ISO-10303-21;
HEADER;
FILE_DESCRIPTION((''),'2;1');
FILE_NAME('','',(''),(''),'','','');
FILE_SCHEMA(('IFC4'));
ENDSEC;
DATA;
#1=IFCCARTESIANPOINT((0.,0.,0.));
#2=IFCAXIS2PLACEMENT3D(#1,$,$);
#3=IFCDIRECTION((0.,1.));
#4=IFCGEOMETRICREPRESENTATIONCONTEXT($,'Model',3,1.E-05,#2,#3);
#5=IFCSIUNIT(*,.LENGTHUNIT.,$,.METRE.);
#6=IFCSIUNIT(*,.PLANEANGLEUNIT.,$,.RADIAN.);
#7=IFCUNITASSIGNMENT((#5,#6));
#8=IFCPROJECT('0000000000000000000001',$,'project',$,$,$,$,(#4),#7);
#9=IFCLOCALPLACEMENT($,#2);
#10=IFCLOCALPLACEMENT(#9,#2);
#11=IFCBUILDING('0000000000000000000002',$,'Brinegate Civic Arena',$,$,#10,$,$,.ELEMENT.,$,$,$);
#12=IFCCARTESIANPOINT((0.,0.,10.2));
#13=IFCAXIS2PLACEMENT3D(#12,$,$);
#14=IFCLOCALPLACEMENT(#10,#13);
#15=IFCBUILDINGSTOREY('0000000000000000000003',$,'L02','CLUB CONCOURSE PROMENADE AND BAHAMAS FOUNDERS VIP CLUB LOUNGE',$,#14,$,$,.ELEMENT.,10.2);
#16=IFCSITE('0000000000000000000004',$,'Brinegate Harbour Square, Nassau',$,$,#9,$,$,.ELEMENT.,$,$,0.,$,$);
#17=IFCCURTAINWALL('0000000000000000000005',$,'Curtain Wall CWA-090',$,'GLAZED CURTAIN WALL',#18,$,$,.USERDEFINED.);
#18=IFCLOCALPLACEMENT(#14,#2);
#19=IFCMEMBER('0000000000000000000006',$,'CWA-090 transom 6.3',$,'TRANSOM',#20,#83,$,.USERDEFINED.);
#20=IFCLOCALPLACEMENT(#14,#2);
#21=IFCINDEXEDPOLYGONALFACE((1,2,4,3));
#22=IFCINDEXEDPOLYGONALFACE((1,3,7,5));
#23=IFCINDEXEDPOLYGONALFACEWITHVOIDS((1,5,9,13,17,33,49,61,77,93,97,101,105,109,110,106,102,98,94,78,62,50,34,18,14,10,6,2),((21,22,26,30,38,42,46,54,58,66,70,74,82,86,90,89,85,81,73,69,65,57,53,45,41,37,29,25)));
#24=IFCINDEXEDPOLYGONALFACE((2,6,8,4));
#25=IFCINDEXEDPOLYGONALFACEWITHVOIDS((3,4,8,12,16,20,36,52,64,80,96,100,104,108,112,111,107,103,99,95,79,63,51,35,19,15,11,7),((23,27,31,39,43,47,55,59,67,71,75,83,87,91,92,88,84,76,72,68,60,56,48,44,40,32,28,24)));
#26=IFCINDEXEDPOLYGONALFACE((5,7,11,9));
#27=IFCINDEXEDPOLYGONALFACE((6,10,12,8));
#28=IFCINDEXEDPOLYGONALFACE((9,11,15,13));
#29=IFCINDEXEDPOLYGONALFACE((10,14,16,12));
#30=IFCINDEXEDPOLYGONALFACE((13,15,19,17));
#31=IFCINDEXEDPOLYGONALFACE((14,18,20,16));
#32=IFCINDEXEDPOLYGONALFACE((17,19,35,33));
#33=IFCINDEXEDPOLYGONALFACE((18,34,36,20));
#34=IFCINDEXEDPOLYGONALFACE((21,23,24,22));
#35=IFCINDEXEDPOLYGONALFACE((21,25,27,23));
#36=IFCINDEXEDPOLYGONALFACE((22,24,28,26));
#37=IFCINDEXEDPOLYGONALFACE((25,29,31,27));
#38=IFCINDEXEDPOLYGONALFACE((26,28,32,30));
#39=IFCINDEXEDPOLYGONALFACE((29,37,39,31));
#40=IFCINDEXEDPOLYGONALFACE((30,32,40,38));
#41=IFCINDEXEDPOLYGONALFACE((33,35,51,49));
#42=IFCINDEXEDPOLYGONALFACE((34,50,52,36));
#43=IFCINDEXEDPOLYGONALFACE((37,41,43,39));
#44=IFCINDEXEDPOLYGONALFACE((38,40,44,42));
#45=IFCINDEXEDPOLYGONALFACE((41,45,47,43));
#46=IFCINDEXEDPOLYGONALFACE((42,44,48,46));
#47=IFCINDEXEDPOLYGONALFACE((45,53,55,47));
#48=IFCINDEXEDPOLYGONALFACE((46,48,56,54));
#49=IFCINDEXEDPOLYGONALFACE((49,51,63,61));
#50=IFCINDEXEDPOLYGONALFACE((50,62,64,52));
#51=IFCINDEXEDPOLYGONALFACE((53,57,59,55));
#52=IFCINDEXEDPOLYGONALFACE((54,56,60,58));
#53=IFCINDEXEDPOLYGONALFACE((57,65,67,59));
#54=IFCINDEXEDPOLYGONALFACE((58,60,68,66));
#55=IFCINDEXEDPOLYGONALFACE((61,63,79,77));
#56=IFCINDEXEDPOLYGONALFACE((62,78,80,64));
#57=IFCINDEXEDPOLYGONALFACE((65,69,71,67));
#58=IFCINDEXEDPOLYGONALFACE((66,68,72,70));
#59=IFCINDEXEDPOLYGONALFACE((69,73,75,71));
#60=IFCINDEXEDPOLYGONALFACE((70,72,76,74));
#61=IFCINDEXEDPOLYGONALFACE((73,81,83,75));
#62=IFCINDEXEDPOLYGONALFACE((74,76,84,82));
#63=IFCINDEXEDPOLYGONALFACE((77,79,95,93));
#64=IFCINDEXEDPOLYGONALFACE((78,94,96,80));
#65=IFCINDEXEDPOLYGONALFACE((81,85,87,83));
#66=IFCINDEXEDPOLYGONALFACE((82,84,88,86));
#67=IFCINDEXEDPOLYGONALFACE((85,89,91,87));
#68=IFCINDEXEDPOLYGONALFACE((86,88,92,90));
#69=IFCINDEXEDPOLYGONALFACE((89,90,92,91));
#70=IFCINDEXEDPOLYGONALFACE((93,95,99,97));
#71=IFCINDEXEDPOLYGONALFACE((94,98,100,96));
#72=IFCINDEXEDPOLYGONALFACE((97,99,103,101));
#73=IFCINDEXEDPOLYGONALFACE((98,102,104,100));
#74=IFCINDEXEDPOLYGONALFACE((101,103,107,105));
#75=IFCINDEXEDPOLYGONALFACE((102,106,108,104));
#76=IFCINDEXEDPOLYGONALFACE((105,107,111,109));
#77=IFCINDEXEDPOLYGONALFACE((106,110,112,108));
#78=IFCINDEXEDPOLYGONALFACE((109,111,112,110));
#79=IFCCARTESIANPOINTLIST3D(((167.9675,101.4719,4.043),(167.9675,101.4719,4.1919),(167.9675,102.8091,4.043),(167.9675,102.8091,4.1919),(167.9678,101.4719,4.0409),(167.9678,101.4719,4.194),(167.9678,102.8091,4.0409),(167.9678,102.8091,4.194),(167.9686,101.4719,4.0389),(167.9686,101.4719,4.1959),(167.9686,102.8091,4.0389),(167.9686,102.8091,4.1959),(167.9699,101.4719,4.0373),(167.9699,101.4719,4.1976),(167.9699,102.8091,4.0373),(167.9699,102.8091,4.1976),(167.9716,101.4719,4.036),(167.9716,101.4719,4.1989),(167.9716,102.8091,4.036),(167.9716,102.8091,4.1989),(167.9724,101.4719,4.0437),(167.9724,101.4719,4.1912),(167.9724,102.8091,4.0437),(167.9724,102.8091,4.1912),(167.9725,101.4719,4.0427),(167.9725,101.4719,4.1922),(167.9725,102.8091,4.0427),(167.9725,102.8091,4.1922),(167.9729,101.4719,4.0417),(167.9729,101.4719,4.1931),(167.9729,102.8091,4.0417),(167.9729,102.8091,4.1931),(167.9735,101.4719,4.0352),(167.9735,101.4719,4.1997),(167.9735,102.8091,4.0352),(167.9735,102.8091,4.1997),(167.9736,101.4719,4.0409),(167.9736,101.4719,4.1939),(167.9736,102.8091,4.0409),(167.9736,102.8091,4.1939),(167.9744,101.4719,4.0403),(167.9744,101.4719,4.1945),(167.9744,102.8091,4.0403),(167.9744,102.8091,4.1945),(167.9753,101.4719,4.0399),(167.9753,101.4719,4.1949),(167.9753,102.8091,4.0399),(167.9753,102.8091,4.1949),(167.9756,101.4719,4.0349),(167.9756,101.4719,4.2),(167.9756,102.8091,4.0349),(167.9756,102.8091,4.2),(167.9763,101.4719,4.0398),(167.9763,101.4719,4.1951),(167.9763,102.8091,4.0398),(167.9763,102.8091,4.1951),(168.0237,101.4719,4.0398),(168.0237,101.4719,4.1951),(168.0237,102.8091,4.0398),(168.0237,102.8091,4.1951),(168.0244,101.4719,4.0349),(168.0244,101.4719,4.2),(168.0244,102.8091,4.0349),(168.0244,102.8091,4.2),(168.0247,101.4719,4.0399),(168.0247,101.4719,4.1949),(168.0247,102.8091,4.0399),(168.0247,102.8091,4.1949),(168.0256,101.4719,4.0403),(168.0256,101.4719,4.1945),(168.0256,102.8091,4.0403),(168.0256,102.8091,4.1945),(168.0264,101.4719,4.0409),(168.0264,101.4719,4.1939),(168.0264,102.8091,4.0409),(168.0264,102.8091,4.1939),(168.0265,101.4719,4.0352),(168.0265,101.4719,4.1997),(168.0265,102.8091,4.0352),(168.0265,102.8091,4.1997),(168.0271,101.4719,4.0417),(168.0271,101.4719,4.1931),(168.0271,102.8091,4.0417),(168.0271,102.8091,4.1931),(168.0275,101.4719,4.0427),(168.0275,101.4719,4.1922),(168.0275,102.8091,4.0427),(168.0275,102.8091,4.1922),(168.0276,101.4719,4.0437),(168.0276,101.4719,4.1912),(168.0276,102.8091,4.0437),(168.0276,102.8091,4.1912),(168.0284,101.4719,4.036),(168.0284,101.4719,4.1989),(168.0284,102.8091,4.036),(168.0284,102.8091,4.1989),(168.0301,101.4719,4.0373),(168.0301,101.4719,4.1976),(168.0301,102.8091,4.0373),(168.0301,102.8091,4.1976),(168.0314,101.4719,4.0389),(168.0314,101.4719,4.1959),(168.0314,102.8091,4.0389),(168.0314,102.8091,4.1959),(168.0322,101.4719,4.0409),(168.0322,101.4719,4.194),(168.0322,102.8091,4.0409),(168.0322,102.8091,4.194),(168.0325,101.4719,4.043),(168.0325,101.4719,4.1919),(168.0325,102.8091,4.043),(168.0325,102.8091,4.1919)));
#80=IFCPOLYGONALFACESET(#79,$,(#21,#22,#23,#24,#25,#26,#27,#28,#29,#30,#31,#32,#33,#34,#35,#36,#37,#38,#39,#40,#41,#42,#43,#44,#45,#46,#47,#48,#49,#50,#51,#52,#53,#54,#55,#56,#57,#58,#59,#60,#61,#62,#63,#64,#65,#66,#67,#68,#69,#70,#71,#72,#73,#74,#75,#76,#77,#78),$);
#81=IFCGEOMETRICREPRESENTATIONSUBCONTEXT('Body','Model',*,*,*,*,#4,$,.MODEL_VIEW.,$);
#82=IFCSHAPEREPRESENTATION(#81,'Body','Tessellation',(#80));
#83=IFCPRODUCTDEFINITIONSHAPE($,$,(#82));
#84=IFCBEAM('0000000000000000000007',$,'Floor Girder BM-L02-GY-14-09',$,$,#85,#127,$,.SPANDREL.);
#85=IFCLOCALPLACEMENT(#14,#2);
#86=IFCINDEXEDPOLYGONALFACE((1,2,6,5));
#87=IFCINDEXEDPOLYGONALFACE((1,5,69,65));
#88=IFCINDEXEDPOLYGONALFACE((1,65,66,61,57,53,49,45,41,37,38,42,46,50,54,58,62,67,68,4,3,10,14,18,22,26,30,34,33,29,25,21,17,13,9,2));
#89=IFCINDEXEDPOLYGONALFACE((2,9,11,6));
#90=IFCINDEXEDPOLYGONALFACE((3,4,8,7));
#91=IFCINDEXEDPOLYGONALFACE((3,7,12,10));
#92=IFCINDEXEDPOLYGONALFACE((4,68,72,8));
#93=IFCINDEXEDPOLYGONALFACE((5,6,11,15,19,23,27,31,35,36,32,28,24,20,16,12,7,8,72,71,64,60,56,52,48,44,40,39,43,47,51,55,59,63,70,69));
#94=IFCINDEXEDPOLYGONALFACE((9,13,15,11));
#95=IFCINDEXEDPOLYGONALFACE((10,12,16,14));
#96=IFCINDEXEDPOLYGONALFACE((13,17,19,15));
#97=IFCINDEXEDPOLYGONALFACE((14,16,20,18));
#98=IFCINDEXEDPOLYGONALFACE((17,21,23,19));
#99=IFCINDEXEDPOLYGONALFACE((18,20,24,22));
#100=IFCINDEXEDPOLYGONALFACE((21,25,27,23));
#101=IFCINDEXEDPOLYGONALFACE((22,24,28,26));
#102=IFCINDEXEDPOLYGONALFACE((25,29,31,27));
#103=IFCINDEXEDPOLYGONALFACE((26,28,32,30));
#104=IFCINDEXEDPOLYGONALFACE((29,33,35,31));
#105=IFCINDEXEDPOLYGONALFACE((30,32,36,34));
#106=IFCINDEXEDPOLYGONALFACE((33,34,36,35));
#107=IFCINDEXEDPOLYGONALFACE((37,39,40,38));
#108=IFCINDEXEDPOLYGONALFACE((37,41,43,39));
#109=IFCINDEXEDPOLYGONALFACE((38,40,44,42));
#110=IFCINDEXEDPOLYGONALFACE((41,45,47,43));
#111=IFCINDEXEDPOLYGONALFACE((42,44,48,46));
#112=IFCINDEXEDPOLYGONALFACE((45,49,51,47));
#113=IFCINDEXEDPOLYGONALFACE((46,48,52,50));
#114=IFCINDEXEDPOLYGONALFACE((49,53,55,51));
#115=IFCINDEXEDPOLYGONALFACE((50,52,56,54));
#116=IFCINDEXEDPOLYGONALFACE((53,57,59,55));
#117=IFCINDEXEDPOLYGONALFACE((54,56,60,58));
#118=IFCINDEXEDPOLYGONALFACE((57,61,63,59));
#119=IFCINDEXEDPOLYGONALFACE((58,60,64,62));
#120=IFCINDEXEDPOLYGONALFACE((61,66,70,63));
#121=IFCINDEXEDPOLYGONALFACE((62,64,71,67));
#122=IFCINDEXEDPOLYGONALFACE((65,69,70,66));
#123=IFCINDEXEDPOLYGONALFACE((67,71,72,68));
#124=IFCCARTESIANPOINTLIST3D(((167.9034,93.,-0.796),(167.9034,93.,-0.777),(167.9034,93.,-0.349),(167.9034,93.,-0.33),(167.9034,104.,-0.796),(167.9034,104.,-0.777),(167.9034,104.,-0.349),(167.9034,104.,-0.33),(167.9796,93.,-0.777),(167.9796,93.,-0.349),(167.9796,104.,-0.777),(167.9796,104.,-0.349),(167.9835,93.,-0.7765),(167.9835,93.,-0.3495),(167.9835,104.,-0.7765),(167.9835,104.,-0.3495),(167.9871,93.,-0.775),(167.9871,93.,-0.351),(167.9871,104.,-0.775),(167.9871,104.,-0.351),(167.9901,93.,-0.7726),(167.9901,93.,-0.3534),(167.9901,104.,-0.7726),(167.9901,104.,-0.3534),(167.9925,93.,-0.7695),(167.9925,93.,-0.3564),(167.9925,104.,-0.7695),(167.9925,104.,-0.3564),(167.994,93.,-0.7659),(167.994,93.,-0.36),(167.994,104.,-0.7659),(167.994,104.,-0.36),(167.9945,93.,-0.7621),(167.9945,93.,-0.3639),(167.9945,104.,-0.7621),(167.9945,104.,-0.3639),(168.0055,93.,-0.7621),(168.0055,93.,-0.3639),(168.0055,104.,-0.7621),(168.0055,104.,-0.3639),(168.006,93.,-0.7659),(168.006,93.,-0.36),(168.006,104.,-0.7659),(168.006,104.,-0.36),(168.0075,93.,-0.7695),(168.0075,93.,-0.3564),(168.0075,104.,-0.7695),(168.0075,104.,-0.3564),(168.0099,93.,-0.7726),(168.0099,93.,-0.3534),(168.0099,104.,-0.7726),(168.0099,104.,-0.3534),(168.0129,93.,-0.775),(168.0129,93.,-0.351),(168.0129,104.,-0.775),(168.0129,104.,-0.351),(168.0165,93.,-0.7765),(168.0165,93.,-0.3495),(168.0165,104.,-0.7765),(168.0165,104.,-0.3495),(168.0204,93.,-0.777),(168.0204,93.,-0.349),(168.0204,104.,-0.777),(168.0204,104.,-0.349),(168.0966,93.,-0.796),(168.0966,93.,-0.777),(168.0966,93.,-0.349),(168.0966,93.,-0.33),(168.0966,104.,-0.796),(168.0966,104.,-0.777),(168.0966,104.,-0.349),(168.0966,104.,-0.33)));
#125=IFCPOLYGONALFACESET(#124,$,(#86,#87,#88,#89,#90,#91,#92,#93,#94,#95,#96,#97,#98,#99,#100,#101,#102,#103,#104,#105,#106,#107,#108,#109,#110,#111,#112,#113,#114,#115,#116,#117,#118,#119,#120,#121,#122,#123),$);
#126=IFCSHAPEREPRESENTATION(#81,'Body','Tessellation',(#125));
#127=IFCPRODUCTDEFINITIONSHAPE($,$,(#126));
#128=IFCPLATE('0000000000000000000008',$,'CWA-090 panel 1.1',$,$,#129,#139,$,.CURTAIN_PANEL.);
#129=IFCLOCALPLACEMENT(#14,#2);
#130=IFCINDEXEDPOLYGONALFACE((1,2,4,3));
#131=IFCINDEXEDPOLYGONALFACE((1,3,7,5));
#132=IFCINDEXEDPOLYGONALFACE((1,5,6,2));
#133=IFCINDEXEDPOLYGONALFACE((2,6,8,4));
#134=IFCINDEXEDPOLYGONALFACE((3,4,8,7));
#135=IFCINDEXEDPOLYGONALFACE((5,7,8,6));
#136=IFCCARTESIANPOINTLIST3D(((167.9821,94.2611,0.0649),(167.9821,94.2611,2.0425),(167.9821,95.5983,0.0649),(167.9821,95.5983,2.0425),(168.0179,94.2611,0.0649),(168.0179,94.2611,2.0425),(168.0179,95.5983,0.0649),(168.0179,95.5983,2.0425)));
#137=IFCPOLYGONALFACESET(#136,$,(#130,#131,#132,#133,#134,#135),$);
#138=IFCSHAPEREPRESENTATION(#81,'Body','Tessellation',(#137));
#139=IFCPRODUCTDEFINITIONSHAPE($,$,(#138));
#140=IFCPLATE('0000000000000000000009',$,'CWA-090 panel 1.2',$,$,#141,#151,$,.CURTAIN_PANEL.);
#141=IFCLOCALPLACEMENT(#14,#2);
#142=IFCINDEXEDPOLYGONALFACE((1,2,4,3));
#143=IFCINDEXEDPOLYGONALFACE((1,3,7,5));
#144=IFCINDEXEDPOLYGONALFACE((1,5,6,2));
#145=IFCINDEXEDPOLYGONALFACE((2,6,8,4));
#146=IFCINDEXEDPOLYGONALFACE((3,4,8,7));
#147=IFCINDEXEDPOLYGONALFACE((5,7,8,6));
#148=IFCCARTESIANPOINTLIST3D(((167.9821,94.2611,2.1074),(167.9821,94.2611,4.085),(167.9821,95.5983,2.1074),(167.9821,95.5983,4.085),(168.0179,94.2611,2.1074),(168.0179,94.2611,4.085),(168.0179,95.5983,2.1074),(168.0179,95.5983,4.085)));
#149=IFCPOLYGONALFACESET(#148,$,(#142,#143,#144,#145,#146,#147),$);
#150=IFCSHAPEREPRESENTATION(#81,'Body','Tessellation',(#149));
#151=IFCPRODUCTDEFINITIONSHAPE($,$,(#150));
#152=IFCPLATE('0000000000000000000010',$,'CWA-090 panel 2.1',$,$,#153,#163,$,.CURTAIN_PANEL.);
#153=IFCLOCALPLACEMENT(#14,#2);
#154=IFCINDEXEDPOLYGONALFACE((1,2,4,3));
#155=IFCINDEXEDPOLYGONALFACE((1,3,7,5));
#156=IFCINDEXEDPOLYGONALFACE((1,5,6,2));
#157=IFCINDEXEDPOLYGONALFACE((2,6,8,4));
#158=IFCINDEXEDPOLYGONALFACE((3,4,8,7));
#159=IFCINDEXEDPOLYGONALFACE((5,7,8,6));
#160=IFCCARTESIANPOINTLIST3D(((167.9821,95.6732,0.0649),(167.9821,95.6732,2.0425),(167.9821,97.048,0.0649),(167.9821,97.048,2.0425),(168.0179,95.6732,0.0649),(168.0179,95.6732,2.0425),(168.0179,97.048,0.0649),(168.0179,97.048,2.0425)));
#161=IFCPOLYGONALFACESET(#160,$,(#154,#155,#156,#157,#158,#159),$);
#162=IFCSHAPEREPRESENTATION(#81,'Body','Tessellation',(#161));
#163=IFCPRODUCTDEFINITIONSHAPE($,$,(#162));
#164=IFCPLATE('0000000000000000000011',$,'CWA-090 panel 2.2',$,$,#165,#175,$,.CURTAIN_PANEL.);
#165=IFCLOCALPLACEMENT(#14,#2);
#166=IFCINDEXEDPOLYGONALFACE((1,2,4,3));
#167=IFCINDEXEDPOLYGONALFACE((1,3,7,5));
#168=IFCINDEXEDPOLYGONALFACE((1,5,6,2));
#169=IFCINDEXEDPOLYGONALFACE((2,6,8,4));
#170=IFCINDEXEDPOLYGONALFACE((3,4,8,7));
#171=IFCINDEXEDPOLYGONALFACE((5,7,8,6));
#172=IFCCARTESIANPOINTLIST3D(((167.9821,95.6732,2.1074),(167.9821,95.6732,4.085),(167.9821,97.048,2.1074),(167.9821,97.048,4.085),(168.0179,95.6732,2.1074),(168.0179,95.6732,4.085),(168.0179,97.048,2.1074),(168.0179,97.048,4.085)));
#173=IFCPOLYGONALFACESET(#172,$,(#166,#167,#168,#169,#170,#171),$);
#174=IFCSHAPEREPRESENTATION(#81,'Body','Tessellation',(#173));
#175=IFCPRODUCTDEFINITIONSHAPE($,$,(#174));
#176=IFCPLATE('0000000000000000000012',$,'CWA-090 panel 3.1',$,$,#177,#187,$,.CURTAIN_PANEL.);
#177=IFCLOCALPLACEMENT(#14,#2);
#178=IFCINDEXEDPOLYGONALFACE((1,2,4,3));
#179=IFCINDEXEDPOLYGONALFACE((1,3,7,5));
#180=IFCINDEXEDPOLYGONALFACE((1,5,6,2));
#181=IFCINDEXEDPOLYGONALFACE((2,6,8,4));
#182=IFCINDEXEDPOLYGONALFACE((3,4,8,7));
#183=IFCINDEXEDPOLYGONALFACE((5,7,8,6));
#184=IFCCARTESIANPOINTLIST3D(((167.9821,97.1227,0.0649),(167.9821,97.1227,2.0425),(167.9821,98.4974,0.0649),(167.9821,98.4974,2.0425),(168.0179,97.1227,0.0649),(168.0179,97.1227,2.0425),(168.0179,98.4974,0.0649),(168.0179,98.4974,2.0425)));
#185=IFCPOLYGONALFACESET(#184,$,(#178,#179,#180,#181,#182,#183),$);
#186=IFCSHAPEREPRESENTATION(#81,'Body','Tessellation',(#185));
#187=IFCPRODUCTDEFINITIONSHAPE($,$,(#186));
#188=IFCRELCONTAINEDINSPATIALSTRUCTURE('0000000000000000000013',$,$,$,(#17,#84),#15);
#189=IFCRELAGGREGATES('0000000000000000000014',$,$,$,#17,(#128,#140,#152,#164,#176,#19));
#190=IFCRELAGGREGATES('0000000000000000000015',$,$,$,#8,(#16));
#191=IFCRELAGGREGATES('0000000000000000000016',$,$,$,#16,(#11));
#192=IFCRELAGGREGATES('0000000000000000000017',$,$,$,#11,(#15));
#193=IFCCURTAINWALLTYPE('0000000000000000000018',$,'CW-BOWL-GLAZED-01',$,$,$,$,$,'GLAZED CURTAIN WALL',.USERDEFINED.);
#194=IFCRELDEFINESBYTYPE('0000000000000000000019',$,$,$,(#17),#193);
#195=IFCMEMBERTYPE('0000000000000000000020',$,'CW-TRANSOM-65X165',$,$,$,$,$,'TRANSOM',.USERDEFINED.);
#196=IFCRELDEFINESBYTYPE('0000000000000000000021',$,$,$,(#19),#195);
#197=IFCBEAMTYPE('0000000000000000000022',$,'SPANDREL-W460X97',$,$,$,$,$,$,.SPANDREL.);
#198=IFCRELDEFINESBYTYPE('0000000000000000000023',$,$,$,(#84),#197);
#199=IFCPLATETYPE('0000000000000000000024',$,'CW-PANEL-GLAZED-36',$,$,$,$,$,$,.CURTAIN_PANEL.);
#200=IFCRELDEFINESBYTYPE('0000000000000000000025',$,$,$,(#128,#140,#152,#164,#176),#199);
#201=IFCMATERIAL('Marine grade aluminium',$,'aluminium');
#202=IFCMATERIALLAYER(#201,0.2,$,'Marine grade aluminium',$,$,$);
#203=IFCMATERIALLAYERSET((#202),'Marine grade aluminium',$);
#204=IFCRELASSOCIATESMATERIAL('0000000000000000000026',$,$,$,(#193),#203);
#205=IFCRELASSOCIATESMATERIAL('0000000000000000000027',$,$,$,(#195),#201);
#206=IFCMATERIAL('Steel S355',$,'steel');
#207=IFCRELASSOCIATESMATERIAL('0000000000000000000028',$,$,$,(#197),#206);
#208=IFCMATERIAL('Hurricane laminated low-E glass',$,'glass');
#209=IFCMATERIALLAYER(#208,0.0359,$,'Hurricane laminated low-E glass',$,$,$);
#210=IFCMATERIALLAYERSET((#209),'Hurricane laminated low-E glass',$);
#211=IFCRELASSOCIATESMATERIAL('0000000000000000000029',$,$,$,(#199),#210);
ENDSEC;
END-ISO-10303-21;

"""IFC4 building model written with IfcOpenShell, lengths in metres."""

from ifc_helpers import new_model, si_unit, direction, frame, origin, origin_2d, place, context, subcontext, project, spatial, rectangle, hollow_rectangle, i_section, extrude, material, layer, layer_set, material_profile, profile_set, type_object, element, aggregate, save


model = new_model("IFC4")

# Units and contexts
model_context = context("Model", 3, precision=1e-05, world=origin(), true_north=direction((0.0, 1.0)))
body_context = subcontext(model_context, "Body", "Model", "MODEL_VIEW")
ifc_project = project(units=[si_unit("LENGTHUNIT", "METRE"), si_unit("PLANEANGLEUNIT", "RADIAN")], contexts=[model_context])

# Site, building, storey
site_placement = place(None, origin())
site = spatial("IfcSite", under=ifc_project, at=site_placement, Name="Brinegate Harbour Square, Nassau", CompositionType="ELEMENT", RefElevation=0.0)
building_placement = place(site_placement, origin())
building = spatial("IfcBuilding", under=site, at=building_placement, Name="Brinegate Civic Arena", CompositionType="ELEMENT")
storey_placement = place(building_placement, frame((0.0, 0.0, 10.2)))
storey = spatial("IfcBuildingStorey", under=building, at=storey_placement, Name="L02", Description="CLUB CONCOURSE PROMENADE AND BAHAMAS FOUNDERS VIP CLUB LOUNGE", CompositionType="ELEMENT", Elevation=10.2)

# Shared definitions
ifc_material_1 = material(Name="Marine grade aluminium", Category="aluminium")
ifc_layer_1 = layer(ifc_material_1, 0.2, Name="Marine grade aluminium")
ifc_layer_set_1 = layer_set([ifc_layer_1], Name="Marine grade aluminium")
curtain_wall_type = type_object("IfcCurtainWallType", Name="CW-BOWL-GLAZED-01", ElementType="GLAZED CURTAIN WALL", PredefinedType="USERDEFINED", material=ifc_layer_set_1)

# Curtain wall, member
curtain_wall_1_placement = place(storey_placement, origin())
curtain_wall_1 = element("IfcCurtainWall", 1, at=curtain_wall_1_placement, inside=storey, type_object=curtain_wall_type, Name="Curtain Wall CWA-090", ObjectType="GLAZED CURTAIN WALL", PredefinedType="USERDEFINED")
ifc_material_profile_1 = material_profile(ifc_material_1, hollow_rectangle(XDim=0.0649, YDim=0.165, WallThickness=0.0049, InnerFilletRadius=0.0039, OuterFilletRadius=0.0081, at=origin_2d()), Name="TRN65X165")
ifc_profile_set_1 = profile_set([ifc_material_profile_1], Name="Marine grade aluminium")
member_type_1 = type_object("IfcMemberType", Name="CW-TRANSOM-65X165", ElementType="TRANSOM", PredefinedType="USERDEFINED", material=ifc_profile_set_1)
member_1_placement = place(storey_placement, frame((168.0, 101.4719, 4.1174), z_axis=(0.0, 1.0, 0.0), x_axis=(-1.0, 0.0, 0.0)))
member_1 = element("IfcMember", 2, at=member_1_placement, type_object=member_type_1, Name="CWA-090 transom 6.3", ObjectType="TRANSOM", PredefinedType="USERDEFINED", context=body_context, shape_type="SweptSolid", body=[
    extrude(hollow_rectangle(XDim=0.0649, YDim=0.165, WallThickness=0.0049, InnerFilletRadius=0.0039, OuterFilletRadius=0.0081, at=origin_2d()), origin(), (0.0, 0.0, 1.0), 1.3372),
])

# Beam
ifc_material_2 = material(Name="Steel S355", Category="steel")
ifc_material_profile_2 = material_profile(ifc_material_2, i_section(OverallWidth=0.1931, OverallDepth=0.4661, WebThickness=0.011, FlangeThickness=0.019, FilletRadius=0.0149, at=origin_2d()), Name="W460X97")
ifc_profile_set_2 = profile_set([ifc_material_profile_2], Name="Steel S355")
beam_type = type_object("IfcBeamType", Name="SPANDREL-W460X97", PredefinedType="SPANDREL", material=ifc_profile_set_2)
beam_placement = place(storey_placement, frame((168.0, 93.0, -0.563), z_axis=(0.0, 1.0, 0.0), x_axis=(-1.0, 0.0, 0.0)))
element("IfcBeam", 3, at=beam_placement, inside=storey, type_object=beam_type, Name="Floor Girder BM-L02-GY-14-09", PredefinedType="SPANDREL", context=body_context, shape_type="SweptSolid", body=[
    extrude(i_section(OverallWidth=0.1931, OverallDepth=0.4661, WebThickness=0.011, FlangeThickness=0.019, FilletRadius=0.0149, at=origin_2d()), origin(), (0.0, 0.0, 1.0), 11.0),
])

# Plates
ifc_material_3 = material(Name="Hurricane laminated low-E glass", Category="glass")
ifc_layer_2 = layer(ifc_material_3, 0.0359, Name="Hurricane laminated low-E glass")
ifc_layer_set_2 = layer_set([ifc_layer_2], Name="Hurricane laminated low-E glass")
plate_type = type_object("IfcPlateType", Name="CW-PANEL-GLAZED-36", PredefinedType="CURTAIN_PANEL", material=ifc_layer_set_2)
plate_1_placement = place(storey_placement, frame((168.0, 94.9297, 0.0649), z_axis=(0.0, 0.0, 1.0), x_axis=(0.0, 1.0, 0.0)))
plate_1 = element("IfcPlate", 4, at=plate_1_placement, type_object=plate_type, Name="CWA-090 panel 1.1", PredefinedType="CURTAIN_PANEL", context=body_context, shape_type="SweptSolid", body=[
    extrude(rectangle(XDim=1.3372, YDim=0.0359, at=origin_2d()), origin(), (0.0, 0.0, 1.0), 1.9775),
])
plate_2_placement = place(storey_placement, frame((168.0, 94.9297, 2.1074), z_axis=(0.0, 0.0, 1.0), x_axis=(0.0, 1.0, 0.0)))
plate_2 = element("IfcPlate", 5, at=plate_2_placement, type_object=plate_type, Name="CWA-090 panel 1.2", PredefinedType="CURTAIN_PANEL", context=body_context, shape_type="SweptSolid", body=[
    extrude(rectangle(XDim=1.3372, YDim=0.0359, at=origin_2d()), origin(), (0.0, 0.0, 1.0), 1.9775),
])
plate_3_placement = place(storey_placement, frame((168.0, 96.3606, 0.0649), z_axis=(0.0, 0.0, 1.0), x_axis=(0.0, 1.0, 0.0)))
plate_3 = element("IfcPlate", 6, at=plate_3_placement, type_object=plate_type, Name="CWA-090 panel 2.1", PredefinedType="CURTAIN_PANEL", context=body_context, shape_type="SweptSolid", body=[
    extrude(rectangle(XDim=1.3748, YDim=0.0359, at=origin_2d()), origin(), (0.0, 0.0, 1.0), 1.9775),
])
plate_4_placement = place(storey_placement, frame((168.0, 96.3606, 2.1074), z_axis=(0.0, 0.0, 1.0), x_axis=(0.0, 1.0, 0.0)))
plate_4 = element("IfcPlate", 7, at=plate_4_placement, type_object=plate_type, Name="CWA-090 panel 2.2", PredefinedType="CURTAIN_PANEL", context=body_context, shape_type="SweptSolid", body=[
    extrude(rectangle(XDim=1.3748, YDim=0.0359, at=origin_2d()), origin(), (0.0, 0.0, 1.0), 1.9775),
])
plate_5_placement = place(storey_placement, frame((168.0, 97.8101, 0.0649), z_axis=(0.0, 0.0, 1.0), x_axis=(0.0, 1.0, 0.0)))
plate_5 = element("IfcPlate", 8, at=plate_5_placement, type_object=plate_type, Name="CWA-090 panel 3.1", PredefinedType="CURTAIN_PANEL", context=body_context, shape_type="SweptSolid", body=[
    extrude(rectangle(XDim=1.3748, YDim=0.0359, at=origin_2d()), origin(), (0.0, 0.0, 1.0), 1.9775),
])
aggregate(curtain_wall_1, [plate_1, plate_2, plate_3, plate_4, plate_5, member_1])

save(model, "model.ifc")
